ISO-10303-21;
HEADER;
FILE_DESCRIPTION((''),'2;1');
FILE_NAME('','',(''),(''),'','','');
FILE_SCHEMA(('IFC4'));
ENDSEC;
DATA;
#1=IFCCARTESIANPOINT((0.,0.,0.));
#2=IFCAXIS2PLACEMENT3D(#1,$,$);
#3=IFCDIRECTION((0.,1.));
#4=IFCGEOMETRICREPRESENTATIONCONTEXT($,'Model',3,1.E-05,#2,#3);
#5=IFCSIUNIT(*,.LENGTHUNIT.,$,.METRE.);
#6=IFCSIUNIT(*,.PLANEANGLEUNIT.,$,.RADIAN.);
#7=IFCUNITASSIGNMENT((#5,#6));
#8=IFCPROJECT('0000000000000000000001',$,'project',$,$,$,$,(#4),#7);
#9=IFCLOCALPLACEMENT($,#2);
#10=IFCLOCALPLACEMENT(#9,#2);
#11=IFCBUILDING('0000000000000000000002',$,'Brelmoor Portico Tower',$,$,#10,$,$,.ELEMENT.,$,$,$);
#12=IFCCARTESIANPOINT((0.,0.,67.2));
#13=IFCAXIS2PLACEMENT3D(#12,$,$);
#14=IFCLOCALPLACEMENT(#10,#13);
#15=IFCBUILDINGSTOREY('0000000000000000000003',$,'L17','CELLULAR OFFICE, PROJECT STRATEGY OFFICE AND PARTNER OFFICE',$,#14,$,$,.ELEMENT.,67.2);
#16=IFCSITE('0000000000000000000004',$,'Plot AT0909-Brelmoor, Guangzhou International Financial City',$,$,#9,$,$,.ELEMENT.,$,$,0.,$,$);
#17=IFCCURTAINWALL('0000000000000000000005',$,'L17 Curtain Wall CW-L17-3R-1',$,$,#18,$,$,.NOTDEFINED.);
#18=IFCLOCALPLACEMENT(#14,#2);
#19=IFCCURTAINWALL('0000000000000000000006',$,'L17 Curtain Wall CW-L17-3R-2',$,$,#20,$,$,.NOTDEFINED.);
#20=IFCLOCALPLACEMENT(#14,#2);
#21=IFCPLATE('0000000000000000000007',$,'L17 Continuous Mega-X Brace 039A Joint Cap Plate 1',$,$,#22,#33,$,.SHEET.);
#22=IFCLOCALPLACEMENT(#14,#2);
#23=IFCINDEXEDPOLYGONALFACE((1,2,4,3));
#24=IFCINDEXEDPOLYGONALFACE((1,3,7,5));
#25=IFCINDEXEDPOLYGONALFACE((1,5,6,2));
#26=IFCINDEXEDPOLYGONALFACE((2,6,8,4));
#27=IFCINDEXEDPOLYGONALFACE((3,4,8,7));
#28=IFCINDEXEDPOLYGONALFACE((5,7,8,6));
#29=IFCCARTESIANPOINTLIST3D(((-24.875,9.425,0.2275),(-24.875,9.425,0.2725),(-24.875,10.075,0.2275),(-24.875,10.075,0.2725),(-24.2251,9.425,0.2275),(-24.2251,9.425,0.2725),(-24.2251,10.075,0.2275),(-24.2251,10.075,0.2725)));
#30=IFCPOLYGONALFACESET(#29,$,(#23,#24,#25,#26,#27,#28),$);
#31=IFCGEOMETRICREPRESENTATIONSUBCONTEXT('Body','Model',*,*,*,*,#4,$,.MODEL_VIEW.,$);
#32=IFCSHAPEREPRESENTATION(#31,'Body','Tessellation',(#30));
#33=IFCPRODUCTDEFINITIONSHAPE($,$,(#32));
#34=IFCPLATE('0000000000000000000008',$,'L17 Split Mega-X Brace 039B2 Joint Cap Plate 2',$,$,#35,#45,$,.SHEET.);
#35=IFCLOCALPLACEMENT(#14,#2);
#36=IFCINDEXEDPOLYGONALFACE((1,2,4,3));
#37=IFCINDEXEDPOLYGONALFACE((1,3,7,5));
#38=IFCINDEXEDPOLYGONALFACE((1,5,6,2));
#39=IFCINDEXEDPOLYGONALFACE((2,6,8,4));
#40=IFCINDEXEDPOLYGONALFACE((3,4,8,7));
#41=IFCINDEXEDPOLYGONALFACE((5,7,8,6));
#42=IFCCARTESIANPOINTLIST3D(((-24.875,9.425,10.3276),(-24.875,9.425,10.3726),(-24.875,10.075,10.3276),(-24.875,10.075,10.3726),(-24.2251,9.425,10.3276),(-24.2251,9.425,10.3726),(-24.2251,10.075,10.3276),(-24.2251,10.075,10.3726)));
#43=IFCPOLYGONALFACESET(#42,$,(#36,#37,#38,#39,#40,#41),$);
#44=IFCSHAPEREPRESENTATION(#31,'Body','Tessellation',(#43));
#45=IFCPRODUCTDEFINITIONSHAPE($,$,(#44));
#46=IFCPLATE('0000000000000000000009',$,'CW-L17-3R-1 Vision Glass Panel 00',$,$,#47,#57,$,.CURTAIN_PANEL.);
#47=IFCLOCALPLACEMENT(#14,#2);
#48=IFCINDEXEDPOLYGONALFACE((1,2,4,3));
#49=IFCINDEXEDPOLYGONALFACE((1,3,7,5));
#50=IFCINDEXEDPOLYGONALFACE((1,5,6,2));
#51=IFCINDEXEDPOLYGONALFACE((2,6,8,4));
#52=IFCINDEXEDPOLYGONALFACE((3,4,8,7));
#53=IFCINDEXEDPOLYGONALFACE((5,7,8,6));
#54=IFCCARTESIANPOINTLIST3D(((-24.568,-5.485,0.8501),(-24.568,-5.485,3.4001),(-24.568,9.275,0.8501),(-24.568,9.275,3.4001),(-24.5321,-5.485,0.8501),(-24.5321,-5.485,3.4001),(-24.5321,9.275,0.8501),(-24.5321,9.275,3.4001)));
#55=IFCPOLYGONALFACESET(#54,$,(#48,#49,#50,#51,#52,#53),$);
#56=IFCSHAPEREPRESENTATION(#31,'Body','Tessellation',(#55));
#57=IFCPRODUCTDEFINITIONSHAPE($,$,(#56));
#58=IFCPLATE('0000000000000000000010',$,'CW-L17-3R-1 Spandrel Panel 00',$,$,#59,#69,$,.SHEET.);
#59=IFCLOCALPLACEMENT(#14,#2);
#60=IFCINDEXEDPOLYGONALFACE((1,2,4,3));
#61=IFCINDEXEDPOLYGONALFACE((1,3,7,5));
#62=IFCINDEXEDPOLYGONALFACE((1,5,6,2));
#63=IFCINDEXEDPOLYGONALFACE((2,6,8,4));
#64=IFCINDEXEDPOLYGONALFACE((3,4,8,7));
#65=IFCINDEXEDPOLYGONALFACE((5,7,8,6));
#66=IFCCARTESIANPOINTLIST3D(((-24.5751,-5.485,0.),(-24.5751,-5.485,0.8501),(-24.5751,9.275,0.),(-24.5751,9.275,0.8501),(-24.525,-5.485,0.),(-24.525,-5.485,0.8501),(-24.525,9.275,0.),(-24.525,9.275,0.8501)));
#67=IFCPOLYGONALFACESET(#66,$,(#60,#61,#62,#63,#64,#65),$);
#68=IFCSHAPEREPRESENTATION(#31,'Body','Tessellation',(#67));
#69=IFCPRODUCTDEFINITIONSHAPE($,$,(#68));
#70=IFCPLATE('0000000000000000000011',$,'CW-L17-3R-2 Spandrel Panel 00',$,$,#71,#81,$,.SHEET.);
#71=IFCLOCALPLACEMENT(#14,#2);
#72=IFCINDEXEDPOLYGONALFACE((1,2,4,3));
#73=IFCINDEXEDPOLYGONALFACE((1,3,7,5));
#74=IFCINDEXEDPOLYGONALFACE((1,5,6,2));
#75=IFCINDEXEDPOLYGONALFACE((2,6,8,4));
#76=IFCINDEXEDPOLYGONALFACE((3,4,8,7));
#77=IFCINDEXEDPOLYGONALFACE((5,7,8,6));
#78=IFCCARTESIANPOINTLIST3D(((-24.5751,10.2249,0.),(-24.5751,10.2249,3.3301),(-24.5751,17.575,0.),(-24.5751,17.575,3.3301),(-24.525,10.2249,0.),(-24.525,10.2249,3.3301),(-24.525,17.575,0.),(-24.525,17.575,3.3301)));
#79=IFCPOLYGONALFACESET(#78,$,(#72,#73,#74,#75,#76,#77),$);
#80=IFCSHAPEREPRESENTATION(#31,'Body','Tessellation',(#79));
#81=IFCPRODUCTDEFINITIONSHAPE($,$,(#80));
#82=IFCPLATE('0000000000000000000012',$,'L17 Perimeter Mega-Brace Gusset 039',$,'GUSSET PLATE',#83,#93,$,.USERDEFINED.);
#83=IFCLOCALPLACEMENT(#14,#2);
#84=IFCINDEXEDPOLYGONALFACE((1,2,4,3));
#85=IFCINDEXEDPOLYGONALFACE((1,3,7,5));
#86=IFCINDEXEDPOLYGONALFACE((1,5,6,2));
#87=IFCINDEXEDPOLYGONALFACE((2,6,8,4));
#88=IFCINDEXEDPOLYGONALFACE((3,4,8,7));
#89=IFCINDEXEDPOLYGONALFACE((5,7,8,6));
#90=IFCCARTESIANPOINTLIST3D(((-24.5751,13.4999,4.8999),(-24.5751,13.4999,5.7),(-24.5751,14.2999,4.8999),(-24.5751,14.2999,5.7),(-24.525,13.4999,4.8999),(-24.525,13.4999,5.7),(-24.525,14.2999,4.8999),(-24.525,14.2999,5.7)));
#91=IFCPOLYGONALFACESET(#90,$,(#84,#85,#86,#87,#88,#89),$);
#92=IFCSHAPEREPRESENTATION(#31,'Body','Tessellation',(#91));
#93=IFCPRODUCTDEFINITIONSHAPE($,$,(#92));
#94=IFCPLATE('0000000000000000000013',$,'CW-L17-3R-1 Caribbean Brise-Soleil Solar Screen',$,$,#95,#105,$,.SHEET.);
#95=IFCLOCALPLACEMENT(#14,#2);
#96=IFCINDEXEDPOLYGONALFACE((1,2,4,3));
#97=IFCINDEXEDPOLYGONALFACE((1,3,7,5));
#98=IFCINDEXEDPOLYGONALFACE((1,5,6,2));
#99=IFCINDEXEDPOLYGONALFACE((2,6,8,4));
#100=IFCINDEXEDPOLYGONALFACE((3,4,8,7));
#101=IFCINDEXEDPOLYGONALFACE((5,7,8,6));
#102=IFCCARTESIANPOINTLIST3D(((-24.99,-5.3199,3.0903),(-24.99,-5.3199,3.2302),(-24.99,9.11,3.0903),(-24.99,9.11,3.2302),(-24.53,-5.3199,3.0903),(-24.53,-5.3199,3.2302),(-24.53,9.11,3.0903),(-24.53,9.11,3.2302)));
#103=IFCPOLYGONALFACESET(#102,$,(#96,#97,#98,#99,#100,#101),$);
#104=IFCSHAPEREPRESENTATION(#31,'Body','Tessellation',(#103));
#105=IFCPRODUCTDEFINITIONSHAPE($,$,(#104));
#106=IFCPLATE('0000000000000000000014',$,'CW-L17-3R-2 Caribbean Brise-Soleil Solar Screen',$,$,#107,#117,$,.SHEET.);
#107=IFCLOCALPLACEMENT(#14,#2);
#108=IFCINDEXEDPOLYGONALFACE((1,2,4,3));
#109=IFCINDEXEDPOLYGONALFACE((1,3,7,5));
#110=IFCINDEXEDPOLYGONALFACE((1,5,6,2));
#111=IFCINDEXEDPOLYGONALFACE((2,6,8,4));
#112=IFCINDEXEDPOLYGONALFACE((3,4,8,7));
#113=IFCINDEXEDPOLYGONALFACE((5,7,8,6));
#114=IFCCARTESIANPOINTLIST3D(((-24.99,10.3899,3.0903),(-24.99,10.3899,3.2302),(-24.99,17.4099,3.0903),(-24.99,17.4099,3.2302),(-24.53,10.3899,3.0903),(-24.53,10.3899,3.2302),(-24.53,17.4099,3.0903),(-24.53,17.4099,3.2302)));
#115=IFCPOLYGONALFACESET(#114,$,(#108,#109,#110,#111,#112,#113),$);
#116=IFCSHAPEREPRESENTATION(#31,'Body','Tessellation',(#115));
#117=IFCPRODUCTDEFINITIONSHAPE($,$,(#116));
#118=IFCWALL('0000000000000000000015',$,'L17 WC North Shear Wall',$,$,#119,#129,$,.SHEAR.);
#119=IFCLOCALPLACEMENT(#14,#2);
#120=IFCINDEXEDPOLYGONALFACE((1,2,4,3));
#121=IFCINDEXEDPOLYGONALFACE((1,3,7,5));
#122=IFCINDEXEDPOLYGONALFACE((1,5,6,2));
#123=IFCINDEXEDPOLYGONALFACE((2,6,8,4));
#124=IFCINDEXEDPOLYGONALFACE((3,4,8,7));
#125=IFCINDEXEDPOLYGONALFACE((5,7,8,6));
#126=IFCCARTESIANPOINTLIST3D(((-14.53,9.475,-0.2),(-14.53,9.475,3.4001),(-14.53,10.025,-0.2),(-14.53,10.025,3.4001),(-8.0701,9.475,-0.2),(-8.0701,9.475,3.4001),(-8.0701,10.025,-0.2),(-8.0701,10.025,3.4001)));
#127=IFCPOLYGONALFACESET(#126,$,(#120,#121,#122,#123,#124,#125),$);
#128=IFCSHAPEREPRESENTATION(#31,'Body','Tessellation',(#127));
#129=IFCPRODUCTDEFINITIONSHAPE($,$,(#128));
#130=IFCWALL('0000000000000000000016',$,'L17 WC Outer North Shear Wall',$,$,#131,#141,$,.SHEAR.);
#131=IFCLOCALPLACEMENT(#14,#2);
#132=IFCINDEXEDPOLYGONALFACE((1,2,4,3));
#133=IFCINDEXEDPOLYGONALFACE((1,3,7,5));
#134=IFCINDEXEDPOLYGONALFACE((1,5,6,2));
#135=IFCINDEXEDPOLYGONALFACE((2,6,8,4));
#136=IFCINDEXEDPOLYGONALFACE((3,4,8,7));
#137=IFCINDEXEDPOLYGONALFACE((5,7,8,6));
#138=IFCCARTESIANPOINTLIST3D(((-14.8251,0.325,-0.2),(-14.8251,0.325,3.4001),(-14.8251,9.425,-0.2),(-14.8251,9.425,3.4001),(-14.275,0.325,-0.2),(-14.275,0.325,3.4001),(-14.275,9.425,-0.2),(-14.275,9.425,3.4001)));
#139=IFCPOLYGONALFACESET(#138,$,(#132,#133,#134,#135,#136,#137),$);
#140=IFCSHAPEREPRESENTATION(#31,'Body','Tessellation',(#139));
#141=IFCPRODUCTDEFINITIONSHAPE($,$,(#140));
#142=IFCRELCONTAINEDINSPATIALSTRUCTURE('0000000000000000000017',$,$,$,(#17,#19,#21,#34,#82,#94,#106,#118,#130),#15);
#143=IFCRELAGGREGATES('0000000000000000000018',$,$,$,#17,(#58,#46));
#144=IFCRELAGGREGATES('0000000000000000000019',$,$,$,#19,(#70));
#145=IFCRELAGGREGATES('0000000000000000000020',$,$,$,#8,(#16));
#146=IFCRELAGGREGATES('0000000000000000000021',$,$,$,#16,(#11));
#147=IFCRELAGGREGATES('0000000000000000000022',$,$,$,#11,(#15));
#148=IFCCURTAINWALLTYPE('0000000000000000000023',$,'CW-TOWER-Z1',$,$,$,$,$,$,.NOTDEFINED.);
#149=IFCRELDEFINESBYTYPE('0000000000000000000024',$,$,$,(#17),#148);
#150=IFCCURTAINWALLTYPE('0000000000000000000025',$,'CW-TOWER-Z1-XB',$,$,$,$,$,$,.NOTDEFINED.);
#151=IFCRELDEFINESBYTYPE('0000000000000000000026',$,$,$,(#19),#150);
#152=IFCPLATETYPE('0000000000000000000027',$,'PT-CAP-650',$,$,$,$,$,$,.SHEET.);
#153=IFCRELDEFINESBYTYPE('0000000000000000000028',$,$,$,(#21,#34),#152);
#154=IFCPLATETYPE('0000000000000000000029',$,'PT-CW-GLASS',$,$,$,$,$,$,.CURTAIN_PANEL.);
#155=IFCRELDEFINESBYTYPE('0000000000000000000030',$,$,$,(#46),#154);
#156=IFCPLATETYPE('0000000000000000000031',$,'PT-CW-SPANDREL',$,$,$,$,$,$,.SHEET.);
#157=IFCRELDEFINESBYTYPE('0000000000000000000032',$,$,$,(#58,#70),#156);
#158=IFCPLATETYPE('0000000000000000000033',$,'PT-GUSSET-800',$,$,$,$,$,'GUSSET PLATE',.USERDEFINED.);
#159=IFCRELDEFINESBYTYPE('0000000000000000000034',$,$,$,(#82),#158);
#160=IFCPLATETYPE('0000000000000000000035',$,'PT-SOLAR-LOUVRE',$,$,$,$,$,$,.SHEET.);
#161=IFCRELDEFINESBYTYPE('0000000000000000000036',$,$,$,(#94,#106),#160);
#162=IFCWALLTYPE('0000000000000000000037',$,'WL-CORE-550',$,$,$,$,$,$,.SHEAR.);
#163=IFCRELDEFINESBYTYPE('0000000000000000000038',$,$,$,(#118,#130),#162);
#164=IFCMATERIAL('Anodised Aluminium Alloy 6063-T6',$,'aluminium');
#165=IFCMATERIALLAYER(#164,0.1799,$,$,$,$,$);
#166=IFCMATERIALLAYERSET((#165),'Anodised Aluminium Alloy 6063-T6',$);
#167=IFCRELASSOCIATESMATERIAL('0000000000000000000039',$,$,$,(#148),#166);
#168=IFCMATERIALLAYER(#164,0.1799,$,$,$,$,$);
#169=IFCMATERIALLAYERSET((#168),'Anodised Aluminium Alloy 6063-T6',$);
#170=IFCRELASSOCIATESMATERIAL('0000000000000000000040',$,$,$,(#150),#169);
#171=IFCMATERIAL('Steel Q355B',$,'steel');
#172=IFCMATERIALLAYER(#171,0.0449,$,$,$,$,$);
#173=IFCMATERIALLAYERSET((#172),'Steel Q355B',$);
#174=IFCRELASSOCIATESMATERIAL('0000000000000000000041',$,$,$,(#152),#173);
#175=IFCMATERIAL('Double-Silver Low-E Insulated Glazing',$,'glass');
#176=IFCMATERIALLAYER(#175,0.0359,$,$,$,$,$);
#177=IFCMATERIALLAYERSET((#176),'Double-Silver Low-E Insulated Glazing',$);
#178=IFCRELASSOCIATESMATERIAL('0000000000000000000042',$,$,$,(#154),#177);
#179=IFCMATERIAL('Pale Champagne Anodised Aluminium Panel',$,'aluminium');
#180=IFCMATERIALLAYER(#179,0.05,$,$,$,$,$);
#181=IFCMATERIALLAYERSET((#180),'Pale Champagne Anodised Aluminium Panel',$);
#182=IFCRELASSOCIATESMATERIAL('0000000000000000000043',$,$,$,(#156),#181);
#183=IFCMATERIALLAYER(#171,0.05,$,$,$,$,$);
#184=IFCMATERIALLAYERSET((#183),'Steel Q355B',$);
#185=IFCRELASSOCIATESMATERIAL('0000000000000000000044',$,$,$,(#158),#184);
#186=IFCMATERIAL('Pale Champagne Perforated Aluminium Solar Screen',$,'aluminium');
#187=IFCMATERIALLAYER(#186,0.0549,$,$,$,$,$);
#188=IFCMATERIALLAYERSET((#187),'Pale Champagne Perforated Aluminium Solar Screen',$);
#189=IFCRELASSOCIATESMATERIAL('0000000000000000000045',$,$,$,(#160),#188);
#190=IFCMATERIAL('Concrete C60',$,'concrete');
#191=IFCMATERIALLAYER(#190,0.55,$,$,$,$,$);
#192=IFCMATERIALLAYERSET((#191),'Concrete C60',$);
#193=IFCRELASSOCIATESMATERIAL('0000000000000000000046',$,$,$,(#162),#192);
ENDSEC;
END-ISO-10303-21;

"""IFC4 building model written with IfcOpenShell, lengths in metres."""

from ifc_helpers import new_model, si_unit, direction, frame, frame_2d, origin, origin_2d, place, context, subcontext, project, spatial, rectangle, extrude, material, layer, layer_set, type_object, element, aggregate, save


model = new_model("IFC4")

# Units and contexts
model_context = context("Model", 3, precision=1e-05, world=origin(), true_north=direction((0.0, 1.0)))
body_context = subcontext(model_context, "Body", "Model", "MODEL_VIEW")
ifc_project = project(units=[si_unit("LENGTHUNIT", "METRE"), si_unit("PLANEANGLEUNIT", "RADIAN")], contexts=[model_context])

# Site, building, storey
site_placement = place(None, origin())
site = spatial("IfcSite", under=ifc_project, at=site_placement, Name="Plot AT0909-Brelmoor, Guangzhou International Financial City", CompositionType="ELEMENT", RefElevation=0.0)
building_placement = place(site_placement, origin())
building = spatial("IfcBuilding", under=site, at=building_placement, Name="Brelmoor Portico Tower", CompositionType="ELEMENT")
storey_placement = place(building_placement, frame((0.0, 0.0, 67.2)))
storey = spatial("IfcBuildingStorey", under=building, at=storey_placement, Name="L17", Description="CELLULAR OFFICE, PROJECT STRATEGY OFFICE AND PARTNER OFFICE", CompositionType="ELEMENT", Elevation=67.2)

# Shared definitions
ifc_material_1 = material(Name="Steel Q355B", Category="steel")

# Curtain wall
ifc_material_2 = material(Name="Anodised Aluminium Alloy 6063-T6", Category="aluminium")
ifc_layer_1 = layer(ifc_material_2, 0.1799)
ifc_layer_set_1 = layer_set([ifc_layer_1], Name="Anodised Aluminium Alloy 6063-T6")
curtain_wall_type_1 = type_object("IfcCurtainWallType", Name="CW-TOWER-Z1", PredefinedType="NOTDEFINED", material=ifc_layer_set_1)
curtain_wall_1_placement = place(storey_placement, origin())
curtain_wall_1 = element("IfcCurtainWall", 1, at=curtain_wall_1_placement, inside=storey, type_object=curtain_wall_type_1, Name="L17 Curtain Wall CW-L17-3R-1", PredefinedType="NOTDEFINED")

# Curtain wall
ifc_layer_2 = layer(ifc_material_2, 0.1799)
ifc_layer_set_2 = layer_set([ifc_layer_2], Name="Anodised Aluminium Alloy 6063-T6")
curtain_wall_type_2 = type_object("IfcCurtainWallType", Name="CW-TOWER-Z1-XB", PredefinedType="NOTDEFINED", material=ifc_layer_set_2)
curtain_wall_2_placement = place(storey_placement, origin())
curtain_wall_2 = element("IfcCurtainWall", 2, at=curtain_wall_2_placement, inside=storey, type_object=curtain_wall_type_2, Name="L17 Curtain Wall CW-L17-3R-2", PredefinedType="NOTDEFINED")

# Plates
ifc_layer_3 = layer(ifc_material_1, 0.0449)
ifc_layer_set_3 = layer_set([ifc_layer_3], Name="Steel Q355B")
plate_type_1 = type_object("IfcPlateType", Name="PT-CAP-650", PredefinedType="SHEET", material=ifc_layer_set_3)
for number, where, z_axis, x_axis, name in (
    (3, (-24.55, 9.75, 0.2275), (0.0, 0.0, 1.0), (1.0, 0.0, 0.0), "L17 Continuous Mega-X Brace 039A Joint Cap Plate 1"),
    (4, (-24.55, 9.75, 10.3276), (0.0, 0.0, 1.0), (1.0, 0.0, 0.0), "L17 Split Mega-X Brace 039B2 Joint Cap Plate 2"),
):
    element("IfcPlate", number, at=place(storey_placement, frame(where, z_axis=z_axis, x_axis=x_axis)), inside=storey, type_object=plate_type_1, Name=name, PredefinedType="SHEET", context=body_context, shape_type="SweptSolid", body=[
        extrude(rectangle(XDim=0.6499, YDim=0.6499, at=origin_2d()), origin(), (0.0, 0.0, 1.0), 0.0449),
    ])

# Plates
ifc_material_3 = material(Name="Double-Silver Low-E Insulated Glazing", Category="glass")
ifc_layer_4 = layer(ifc_material_3, 0.0359)
ifc_layer_set_4 = layer_set([ifc_layer_4], Name="Double-Silver Low-E Insulated Glazing")
plate_type_2 = type_object("IfcPlateType", Name="PT-CW-GLASS", PredefinedType="CURTAIN_PANEL", material=ifc_layer_set_4)
plate_1_placement = place(storey_placement, frame((-24.55, 1.895, 0.8501), z_axis=(0.0, 0.0, 1.0), x_axis=(0.0, 1.0, 0.0)))
plate_1 = element("IfcPlate", 5, at=plate_1_placement, type_object=plate_type_2, Name="CW-L17-3R-1 Vision Glass Panel 00", PredefinedType="CURTAIN_PANEL", context=body_context, shape_type="SweptSolid", body=[
    extrude(rectangle(XDim=14.76, YDim=0.0359, at=origin_2d()), origin(), (0.0, 0.0, 1.0), 2.55),
])
ifc_material_4 = material(Name="Pale Champagne Anodised Aluminium Panel", Category="aluminium")
ifc_layer_5 = layer(ifc_material_4, 0.05)
ifc_layer_set_5 = layer_set([ifc_layer_5], Name="Pale Champagne Anodised Aluminium Panel")
plate_type_3 = type_object("IfcPlateType", Name="PT-CW-SPANDREL", PredefinedType="SHEET", material=ifc_layer_set_5)
plate_2_placement = place(storey_placement, frame((-24.55, 1.895, 0.0), z_axis=(0.0, 0.0, 1.0), x_axis=(0.0, 1.0, 0.0)))
plate_2 = element("IfcPlate", 6, at=plate_2_placement, type_object=plate_type_3, Name="CW-L17-3R-1 Spandrel Panel 00", PredefinedType="SHEET", context=body_context, shape_type="SweptSolid", body=[
    extrude(rectangle(XDim=14.76, YDim=0.05, at=origin_2d()), origin(), (0.0, 0.0, 1.0), 0.8501),
])
aggregate(curtain_wall_1, [plate_2, plate_1])
plate_3_placement = place(storey_placement, frame((-24.55, 13.8999, 0.0), z_axis=(0.0, 0.0, 1.0), x_axis=(0.0, 1.0, 0.0)))
plate_3 = element("IfcPlate", 7, at=plate_3_placement, type_object=plate_type_3, Name="CW-L17-3R-2 Spandrel Panel 00", PredefinedType="SHEET", context=body_context, shape_type="SweptSolid", body=[
    extrude(rectangle(XDim=7.3501, YDim=0.05, at=origin_2d()), origin(), (0.0, 0.0, 1.0), 3.3301),
])
aggregate(curtain_wall_2, [plate_3])

# Plates
ifc_layer_6 = layer(ifc_material_1, 0.05)
ifc_layer_set_6 = layer_set([ifc_layer_6], Name="Steel Q355B")
plate_type_4 = type_object("IfcPlateType", Name="PT-GUSSET-800", ElementType="GUSSET PLATE", PredefinedType="USERDEFINED", material=ifc_layer_set_6)
plate_4_placement = place(storey_placement, frame((-24.55, 13.8999, 4.8999), z_axis=(0.0, 0.0, 1.0), x_axis=(1.0, 0.0, 0.0)))
element("IfcPlate", 8, at=plate_4_placement, inside=storey, type_object=plate_type_4, Name="L17 Perimeter Mega-Brace Gusset 039", ObjectType="GUSSET PLATE", PredefinedType="USERDEFINED", context=body_context, shape_type="SweptSolid", body=[
    extrude(rectangle(XDim=0.05, YDim=0.8, at=origin_2d()), origin(), (0.0, 0.0, 1.0), 0.8),
])
ifc_material_5 = material(Name="Pale Champagne Perforated Aluminium Solar Screen", Category="aluminium")
ifc_layer_7 = layer(ifc_material_5, 0.0549)
ifc_layer_set_7 = layer_set([ifc_layer_7], Name="Pale Champagne Perforated Aluminium Solar Screen")
plate_type_5 = type_object("IfcPlateType", Name="PT-SOLAR-LOUVRE", PredefinedType="SHEET", material=ifc_layer_set_7)
plate_5_placement = place(storey_placement, frame((-24.76, 1.895, 3.0903), z_axis=(0.0, 0.0, 1.0), x_axis=(0.0, 1.0, 0.0)))
element("IfcPlate", 9, at=plate_5_placement, inside=storey, type_object=plate_type_5, Name="CW-L17-3R-1 Caribbean Brise-Soleil Solar Screen", PredefinedType="SHEET", context=body_context, shape_type="SweptSolid", body=[
    extrude(rectangle(XDim=14.4299, YDim=0.46, at=origin_2d()), origin(), (0.0, 0.0, 1.0), 0.1399),
])
plate_6_placement = place(storey_placement, frame((-24.76, 13.8999, 3.0903), z_axis=(0.0, 0.0, 1.0), x_axis=(0.0, 1.0, 0.0)))
element("IfcPlate", 10, at=plate_6_placement, inside=storey, type_object=plate_type_5, Name="CW-L17-3R-2 Caribbean Brise-Soleil Solar Screen", PredefinedType="SHEET", context=body_context, shape_type="SweptSolid", body=[
    extrude(rectangle(XDim=7.02, YDim=0.46, at=origin_2d()), origin(), (0.0, 0.0, 1.0), 0.1399),
])

# Walls
ifc_material_6 = material(Name="Concrete C60", Category="concrete")
ifc_layer_8 = layer(ifc_material_6, 0.55)
ifc_layer_set_8 = layer_set([ifc_layer_8], Name="Concrete C60")
wall_type_1 = type_object("IfcWallType", Name="WL-CORE-550", PredefinedType="SHEAR", material=ifc_layer_set_8)
wall_1_placement = place(storey_placement, frame((-14.53, 9.75, -0.2), z_axis=(0.0, 0.0, 1.0), x_axis=(1.0, 0.0, 0.0)))
element("IfcWall", 11, at=wall_1_placement, inside=storey, type_object=wall_type_1, Name="L17 WC North Shear Wall", PredefinedType="SHEAR", context=body_context, shape_type="SweptSolid", body=[
    extrude(rectangle(XDim=6.46, YDim=0.55, at=frame_2d((3.23, 0.0))), origin(), (0.0, 0.0, 1.0), 3.6001),
])
wall_2_placement = place(storey_placement, frame((-14.55, 0.325, -0.2), z_axis=(0.0, 0.0, 1.0), x_axis=(0.0, 1.0, 0.0)))
element("IfcWall", 12, at=wall_2_placement, inside=storey, type_object=wall_type_1, Name="L17 WC Outer North Shear Wall", PredefinedType="SHEAR", context=body_context, shape_type="SweptSolid", body=[
    extrude(rectangle(XDim=9.1001, YDim=0.55, at=frame_2d((4.55, 0.0))), origin(), (0.0, 0.0, 1.0), 3.6001),
])

save(model, "model.ifc")
